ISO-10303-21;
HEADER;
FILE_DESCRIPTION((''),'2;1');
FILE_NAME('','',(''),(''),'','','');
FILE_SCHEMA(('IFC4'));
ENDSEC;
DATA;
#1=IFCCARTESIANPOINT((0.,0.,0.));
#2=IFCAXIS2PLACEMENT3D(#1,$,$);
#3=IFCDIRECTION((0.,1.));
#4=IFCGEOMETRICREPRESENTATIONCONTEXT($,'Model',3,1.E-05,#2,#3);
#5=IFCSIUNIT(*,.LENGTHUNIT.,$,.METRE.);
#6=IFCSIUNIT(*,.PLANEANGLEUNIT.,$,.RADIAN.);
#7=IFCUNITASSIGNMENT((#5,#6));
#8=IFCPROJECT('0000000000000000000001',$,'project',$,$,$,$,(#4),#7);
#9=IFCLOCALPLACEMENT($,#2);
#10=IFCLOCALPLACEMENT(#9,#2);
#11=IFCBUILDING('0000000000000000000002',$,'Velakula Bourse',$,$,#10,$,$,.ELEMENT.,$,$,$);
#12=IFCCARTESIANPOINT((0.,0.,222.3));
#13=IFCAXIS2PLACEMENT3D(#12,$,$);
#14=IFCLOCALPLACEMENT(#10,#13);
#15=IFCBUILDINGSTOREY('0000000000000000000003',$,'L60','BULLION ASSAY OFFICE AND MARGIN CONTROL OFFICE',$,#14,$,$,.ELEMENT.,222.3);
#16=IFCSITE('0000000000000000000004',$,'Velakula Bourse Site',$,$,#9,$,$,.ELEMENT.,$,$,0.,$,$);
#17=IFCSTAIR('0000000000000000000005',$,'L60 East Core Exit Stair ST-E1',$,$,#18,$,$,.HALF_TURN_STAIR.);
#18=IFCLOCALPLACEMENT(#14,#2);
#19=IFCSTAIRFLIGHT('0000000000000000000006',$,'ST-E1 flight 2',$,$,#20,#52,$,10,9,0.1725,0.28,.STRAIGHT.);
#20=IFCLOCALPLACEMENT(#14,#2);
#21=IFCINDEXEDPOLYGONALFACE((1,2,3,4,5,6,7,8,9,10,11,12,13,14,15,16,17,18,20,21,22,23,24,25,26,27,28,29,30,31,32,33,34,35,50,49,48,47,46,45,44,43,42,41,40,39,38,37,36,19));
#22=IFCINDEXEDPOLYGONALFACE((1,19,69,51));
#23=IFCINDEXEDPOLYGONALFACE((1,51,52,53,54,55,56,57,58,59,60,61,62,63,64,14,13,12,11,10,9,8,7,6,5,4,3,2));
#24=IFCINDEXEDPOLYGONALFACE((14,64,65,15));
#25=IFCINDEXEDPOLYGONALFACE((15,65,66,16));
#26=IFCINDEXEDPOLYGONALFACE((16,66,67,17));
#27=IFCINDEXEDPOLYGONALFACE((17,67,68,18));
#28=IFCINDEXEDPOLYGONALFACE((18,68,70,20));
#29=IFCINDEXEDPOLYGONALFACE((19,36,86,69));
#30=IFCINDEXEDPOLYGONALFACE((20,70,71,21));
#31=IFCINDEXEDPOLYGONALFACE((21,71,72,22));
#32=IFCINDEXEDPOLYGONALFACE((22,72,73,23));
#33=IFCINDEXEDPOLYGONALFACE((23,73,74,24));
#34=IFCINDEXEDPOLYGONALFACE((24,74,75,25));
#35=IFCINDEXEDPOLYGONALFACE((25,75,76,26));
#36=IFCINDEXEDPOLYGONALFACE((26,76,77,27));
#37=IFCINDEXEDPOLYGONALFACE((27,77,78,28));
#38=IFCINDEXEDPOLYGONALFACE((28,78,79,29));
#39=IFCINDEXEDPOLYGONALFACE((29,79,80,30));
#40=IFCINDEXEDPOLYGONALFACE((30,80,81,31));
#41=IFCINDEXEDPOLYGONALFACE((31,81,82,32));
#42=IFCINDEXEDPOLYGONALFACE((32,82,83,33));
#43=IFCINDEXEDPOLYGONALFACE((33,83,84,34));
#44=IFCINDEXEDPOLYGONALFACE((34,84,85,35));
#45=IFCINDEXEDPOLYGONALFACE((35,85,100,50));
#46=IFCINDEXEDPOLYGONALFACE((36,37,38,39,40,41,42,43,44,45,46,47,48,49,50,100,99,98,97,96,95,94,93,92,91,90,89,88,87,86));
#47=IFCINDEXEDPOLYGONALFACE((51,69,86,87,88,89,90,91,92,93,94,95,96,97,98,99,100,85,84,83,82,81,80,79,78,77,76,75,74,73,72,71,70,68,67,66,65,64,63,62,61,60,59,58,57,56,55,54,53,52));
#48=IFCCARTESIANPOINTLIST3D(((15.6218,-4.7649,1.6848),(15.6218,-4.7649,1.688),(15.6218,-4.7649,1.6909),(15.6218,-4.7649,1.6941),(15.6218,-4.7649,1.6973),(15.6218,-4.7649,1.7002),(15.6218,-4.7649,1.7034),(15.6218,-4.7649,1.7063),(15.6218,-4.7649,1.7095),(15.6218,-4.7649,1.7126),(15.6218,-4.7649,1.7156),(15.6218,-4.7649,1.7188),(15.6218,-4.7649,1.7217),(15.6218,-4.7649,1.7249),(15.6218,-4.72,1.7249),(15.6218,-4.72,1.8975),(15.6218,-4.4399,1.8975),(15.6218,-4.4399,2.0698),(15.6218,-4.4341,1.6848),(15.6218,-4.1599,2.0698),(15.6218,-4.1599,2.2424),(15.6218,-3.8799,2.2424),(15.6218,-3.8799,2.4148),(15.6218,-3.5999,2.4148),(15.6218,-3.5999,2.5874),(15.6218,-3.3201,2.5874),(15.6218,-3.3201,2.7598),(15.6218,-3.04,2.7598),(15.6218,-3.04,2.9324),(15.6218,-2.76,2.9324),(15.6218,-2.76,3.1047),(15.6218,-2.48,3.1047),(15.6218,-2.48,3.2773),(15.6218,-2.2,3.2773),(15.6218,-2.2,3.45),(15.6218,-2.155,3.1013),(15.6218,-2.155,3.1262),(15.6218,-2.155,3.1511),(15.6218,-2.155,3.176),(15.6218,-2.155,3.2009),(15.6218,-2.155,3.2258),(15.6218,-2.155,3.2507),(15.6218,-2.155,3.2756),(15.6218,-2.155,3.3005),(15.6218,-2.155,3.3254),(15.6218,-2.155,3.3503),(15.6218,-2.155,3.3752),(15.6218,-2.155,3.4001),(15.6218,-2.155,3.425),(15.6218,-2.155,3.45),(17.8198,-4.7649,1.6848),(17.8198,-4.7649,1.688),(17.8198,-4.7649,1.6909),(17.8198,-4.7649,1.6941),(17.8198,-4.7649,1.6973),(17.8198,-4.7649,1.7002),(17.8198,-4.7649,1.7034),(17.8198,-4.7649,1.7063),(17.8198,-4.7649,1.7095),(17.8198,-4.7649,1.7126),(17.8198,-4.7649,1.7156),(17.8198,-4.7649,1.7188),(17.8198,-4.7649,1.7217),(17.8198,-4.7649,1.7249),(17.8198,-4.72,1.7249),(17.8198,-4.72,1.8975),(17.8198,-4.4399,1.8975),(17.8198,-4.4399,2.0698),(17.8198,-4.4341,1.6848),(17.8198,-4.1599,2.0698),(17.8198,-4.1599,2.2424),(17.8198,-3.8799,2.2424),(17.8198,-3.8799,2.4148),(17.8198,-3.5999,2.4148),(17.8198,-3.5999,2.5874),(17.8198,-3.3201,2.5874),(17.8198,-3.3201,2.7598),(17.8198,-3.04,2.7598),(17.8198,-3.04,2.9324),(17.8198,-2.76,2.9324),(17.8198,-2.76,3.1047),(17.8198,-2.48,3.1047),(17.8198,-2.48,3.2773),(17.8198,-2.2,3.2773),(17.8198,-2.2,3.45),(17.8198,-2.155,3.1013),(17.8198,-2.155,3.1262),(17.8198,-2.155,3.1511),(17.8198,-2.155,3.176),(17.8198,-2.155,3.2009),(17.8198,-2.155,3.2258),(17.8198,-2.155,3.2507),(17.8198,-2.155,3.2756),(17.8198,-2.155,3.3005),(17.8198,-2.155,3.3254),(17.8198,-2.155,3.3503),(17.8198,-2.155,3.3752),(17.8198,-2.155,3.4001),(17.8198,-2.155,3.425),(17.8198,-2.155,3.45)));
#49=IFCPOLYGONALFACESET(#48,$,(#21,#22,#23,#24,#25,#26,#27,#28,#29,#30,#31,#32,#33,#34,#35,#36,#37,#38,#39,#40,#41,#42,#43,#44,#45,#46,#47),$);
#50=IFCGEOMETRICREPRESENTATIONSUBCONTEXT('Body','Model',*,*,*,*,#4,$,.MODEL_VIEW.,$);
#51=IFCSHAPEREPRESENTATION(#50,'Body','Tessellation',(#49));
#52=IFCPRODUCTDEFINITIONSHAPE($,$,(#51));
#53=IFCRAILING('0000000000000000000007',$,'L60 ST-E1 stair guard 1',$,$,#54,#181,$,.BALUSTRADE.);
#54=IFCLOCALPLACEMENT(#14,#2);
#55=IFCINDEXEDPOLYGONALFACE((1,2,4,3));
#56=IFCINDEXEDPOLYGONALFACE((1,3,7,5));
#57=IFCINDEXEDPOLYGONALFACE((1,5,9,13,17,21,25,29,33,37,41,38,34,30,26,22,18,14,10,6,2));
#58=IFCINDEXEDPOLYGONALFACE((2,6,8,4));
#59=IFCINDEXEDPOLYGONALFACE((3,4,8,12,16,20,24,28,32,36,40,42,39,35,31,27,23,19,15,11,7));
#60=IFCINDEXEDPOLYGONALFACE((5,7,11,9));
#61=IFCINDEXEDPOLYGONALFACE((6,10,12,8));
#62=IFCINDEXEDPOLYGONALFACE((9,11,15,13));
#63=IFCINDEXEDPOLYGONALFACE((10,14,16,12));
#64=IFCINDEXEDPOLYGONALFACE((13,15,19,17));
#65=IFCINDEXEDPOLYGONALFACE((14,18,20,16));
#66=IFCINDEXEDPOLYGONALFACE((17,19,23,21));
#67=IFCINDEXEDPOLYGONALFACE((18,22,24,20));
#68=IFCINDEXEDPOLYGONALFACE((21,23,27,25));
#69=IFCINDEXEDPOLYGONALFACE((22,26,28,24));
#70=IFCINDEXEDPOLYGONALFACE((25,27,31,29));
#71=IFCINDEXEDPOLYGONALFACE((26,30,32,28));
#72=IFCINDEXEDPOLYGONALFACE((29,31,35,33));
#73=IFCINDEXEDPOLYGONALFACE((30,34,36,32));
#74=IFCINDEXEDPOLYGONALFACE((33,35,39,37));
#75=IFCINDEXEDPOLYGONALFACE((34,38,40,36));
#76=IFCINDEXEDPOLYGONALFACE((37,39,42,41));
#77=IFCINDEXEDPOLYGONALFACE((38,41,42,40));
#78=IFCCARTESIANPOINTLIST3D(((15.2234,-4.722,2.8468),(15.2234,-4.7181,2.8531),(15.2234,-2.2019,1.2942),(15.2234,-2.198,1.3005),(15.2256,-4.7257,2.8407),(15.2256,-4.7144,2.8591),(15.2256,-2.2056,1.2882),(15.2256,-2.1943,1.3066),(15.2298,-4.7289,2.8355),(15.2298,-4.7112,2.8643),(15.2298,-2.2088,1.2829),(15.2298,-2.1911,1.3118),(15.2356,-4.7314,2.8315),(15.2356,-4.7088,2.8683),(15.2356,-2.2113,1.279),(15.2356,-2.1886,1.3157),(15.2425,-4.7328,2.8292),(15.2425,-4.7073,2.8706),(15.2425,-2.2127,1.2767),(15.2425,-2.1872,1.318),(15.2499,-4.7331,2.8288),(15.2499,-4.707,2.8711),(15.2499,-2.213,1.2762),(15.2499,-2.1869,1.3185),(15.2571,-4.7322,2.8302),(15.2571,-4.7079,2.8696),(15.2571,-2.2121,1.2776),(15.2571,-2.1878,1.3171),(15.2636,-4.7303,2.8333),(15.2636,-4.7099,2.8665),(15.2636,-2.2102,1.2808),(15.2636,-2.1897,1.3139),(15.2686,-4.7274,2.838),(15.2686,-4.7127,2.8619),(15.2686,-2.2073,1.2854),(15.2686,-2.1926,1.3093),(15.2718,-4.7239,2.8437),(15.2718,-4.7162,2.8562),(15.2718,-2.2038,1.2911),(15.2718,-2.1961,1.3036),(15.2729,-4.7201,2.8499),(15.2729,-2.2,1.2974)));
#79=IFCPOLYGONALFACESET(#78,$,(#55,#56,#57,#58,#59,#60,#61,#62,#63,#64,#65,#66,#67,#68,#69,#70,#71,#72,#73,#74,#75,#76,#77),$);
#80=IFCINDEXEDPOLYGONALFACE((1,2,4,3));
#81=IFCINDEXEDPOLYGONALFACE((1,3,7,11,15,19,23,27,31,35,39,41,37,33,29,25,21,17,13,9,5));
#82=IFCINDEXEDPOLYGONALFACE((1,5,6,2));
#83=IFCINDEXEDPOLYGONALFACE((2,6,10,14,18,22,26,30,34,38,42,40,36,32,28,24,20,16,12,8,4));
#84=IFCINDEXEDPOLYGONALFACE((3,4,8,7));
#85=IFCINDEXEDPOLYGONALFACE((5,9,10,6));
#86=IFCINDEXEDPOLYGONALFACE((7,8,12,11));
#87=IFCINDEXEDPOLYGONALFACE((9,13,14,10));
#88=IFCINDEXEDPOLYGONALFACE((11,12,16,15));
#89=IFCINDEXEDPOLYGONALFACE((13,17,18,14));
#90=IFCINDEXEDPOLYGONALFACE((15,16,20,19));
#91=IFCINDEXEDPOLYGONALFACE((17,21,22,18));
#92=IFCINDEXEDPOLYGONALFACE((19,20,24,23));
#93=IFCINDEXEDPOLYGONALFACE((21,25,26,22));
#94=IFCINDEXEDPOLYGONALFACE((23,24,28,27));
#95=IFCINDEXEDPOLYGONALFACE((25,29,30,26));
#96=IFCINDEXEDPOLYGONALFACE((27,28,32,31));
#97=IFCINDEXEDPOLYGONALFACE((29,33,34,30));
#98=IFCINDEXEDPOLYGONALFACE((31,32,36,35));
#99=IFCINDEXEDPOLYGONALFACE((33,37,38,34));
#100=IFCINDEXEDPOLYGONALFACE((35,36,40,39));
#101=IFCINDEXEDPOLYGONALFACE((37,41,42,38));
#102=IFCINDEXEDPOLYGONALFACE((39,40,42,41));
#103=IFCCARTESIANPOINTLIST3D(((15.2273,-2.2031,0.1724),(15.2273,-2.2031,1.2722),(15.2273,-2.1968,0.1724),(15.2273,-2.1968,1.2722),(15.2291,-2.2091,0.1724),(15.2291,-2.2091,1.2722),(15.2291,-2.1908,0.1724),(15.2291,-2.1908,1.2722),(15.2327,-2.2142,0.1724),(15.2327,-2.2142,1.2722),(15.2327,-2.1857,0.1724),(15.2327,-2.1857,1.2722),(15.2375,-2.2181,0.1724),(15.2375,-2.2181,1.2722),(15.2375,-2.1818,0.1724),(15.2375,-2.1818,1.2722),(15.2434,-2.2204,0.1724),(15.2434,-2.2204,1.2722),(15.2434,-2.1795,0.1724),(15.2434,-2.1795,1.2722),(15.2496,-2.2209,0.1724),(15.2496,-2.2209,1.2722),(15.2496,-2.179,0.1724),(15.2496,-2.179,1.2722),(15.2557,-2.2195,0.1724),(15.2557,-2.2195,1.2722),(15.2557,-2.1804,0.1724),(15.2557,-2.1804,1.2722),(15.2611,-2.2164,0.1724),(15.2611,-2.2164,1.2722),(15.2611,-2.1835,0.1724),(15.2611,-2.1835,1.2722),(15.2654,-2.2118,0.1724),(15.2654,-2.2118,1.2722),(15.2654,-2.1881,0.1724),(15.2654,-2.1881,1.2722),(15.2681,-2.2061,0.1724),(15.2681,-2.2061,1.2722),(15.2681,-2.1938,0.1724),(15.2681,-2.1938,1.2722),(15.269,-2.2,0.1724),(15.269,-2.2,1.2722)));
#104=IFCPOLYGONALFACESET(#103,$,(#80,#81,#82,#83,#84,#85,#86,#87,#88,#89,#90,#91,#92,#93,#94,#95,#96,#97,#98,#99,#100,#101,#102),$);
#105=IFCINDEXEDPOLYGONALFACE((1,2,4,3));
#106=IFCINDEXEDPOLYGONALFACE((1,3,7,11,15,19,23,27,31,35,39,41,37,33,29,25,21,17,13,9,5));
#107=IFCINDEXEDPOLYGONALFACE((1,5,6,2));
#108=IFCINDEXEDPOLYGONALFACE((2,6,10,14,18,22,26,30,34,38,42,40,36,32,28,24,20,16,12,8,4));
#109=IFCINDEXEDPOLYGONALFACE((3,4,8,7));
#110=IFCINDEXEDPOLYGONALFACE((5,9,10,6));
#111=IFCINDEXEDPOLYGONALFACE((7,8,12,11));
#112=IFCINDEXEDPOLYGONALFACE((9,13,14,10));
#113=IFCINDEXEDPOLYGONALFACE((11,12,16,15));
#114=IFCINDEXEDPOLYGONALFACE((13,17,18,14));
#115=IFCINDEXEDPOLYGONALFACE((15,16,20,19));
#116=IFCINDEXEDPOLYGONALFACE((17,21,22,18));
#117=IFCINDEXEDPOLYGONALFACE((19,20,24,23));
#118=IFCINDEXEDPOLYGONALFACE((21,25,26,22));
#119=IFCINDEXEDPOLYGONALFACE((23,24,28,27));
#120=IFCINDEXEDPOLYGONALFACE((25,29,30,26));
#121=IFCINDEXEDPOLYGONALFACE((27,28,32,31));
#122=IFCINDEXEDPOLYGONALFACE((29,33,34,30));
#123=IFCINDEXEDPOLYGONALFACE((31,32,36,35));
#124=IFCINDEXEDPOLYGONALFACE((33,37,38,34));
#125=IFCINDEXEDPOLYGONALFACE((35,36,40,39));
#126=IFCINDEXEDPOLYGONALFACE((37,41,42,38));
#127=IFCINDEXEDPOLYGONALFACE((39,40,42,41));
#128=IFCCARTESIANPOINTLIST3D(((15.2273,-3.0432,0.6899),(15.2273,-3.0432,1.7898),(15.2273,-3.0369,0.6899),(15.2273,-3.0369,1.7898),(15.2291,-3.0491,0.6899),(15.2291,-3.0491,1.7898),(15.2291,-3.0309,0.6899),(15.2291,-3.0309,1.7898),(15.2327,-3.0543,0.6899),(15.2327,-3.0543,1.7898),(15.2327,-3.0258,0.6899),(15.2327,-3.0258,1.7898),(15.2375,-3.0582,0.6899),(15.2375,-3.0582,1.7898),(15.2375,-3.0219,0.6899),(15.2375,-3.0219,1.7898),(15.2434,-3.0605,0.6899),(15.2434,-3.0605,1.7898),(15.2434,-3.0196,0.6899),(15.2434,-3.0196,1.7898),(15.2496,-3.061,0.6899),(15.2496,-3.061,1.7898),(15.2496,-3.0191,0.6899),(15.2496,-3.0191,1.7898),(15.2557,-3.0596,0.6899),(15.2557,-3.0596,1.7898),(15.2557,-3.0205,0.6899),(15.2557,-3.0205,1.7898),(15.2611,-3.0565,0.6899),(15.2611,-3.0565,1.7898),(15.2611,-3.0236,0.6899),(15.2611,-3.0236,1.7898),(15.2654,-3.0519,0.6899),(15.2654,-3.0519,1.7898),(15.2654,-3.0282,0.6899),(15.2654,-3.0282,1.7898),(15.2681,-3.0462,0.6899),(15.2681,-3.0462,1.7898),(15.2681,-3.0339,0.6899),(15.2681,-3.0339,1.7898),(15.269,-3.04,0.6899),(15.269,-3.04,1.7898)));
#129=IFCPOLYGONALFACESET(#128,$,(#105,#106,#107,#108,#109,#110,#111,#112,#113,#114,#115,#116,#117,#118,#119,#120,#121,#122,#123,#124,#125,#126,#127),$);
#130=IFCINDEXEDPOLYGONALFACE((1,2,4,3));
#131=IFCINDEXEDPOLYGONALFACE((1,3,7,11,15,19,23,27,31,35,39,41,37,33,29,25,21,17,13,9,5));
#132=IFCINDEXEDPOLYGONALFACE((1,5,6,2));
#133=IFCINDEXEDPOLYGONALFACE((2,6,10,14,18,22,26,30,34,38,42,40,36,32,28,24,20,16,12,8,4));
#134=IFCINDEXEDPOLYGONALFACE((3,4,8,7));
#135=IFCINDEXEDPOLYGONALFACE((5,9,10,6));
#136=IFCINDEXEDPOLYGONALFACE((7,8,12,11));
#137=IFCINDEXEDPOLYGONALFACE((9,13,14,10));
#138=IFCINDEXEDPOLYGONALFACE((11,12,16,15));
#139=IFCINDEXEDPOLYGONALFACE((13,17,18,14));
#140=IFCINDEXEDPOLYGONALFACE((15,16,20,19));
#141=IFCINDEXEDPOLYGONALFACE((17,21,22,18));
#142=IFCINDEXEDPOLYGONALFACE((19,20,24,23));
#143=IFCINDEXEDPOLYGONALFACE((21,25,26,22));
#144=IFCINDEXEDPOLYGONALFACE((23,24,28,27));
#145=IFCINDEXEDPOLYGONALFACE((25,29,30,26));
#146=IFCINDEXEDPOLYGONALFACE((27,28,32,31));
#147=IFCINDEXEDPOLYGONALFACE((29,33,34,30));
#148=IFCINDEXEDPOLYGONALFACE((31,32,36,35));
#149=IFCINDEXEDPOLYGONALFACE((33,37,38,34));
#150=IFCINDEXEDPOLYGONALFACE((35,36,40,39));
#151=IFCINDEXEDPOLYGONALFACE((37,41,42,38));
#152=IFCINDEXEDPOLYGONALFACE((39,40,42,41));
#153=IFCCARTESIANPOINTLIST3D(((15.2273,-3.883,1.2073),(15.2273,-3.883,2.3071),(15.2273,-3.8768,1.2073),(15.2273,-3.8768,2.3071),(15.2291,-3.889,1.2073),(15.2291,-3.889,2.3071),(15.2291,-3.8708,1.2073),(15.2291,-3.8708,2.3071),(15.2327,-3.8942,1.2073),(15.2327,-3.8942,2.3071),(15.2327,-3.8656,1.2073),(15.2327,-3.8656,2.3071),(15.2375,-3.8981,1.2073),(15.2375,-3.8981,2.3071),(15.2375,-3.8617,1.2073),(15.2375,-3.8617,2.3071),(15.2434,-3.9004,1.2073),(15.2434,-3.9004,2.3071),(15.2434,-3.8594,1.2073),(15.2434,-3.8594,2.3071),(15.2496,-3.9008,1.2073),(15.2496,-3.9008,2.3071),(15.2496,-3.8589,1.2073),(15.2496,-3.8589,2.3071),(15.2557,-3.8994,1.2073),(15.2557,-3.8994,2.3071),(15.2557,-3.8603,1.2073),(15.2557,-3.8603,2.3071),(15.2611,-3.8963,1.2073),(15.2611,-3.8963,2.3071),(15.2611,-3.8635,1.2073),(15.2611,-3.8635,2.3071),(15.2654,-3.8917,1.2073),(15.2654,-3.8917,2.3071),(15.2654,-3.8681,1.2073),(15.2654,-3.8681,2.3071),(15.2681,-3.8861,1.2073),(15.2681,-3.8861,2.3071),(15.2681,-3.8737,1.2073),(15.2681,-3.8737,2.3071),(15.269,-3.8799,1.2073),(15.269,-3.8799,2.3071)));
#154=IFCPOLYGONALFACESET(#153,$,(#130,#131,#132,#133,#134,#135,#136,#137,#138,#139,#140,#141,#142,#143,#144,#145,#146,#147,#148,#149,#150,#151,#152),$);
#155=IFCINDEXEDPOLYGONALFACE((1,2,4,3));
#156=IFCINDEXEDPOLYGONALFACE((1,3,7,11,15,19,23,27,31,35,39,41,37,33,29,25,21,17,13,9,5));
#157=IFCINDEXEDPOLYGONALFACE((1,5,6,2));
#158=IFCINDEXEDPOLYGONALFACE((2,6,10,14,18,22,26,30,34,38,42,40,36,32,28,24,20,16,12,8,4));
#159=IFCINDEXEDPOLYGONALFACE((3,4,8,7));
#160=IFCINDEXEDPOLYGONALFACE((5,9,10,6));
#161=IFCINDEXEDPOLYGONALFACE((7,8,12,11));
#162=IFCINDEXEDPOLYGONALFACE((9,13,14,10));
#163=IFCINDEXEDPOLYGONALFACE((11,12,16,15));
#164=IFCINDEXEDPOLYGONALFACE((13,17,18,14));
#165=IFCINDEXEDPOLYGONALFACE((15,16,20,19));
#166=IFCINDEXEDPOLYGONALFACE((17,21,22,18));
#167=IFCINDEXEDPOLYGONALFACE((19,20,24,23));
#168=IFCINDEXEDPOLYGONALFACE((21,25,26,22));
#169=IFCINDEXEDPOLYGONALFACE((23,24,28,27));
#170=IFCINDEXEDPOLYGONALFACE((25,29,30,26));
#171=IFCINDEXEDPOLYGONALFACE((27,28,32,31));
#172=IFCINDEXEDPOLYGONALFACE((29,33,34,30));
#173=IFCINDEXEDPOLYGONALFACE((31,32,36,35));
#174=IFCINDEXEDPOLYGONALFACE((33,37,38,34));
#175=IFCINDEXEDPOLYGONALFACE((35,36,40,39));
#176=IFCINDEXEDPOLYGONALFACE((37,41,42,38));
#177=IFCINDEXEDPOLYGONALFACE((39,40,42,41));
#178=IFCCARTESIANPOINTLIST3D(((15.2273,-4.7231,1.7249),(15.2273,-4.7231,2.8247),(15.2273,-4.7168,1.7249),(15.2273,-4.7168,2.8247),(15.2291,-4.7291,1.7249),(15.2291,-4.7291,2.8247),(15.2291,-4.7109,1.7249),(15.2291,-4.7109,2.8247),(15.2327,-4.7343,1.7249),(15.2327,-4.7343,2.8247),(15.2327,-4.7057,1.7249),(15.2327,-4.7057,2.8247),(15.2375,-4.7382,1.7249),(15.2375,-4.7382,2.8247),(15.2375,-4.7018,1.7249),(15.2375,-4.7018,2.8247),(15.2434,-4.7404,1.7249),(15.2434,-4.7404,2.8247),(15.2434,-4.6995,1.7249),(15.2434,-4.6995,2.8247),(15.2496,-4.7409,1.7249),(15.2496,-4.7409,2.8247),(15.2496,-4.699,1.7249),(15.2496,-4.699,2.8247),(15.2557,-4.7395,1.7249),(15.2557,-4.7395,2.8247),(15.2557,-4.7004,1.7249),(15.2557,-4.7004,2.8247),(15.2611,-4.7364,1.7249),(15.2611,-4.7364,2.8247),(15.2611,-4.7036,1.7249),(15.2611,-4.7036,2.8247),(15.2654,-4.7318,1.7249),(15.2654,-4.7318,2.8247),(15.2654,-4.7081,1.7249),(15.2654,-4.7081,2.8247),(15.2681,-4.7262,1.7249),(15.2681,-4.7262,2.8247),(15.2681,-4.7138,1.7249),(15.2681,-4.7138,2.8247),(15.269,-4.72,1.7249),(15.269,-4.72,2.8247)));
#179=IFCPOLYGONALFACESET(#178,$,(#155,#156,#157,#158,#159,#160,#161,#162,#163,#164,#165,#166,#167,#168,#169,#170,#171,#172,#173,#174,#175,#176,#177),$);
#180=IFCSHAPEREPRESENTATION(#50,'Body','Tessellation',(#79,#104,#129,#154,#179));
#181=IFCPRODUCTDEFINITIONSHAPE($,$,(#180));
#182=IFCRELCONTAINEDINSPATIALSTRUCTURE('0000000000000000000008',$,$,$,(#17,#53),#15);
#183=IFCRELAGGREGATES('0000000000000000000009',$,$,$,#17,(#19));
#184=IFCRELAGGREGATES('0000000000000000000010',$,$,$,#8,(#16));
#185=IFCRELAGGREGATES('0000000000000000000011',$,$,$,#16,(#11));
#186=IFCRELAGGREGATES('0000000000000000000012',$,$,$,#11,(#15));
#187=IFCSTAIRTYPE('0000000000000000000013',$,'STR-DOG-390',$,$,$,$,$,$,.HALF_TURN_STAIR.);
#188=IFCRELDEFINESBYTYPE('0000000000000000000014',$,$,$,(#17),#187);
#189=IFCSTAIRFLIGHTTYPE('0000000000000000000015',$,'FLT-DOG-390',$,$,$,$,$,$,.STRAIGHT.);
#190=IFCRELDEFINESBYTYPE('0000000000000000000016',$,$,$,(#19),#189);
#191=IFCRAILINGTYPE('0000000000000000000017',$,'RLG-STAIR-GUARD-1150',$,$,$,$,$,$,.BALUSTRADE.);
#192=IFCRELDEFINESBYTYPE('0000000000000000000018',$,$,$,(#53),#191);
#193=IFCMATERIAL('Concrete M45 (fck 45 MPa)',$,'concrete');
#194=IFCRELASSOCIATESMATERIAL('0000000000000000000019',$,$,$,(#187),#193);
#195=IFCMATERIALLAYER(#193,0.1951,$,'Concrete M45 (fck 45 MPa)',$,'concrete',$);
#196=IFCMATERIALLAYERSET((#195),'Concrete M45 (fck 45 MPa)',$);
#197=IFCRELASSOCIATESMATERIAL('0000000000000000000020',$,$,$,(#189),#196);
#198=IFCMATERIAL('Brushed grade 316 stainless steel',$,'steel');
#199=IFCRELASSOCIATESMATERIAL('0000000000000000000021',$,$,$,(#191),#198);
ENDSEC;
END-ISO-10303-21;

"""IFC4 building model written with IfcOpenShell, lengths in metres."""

from ifc_helpers import new_model, si_unit, direction, frame, origin, origin_2d, place, context, subcontext, project, spatial, polyline, circle, outline, extrude, material, layer, layer_set, type_object, element, aggregate, save


model = new_model("IFC4")

# Units and contexts
model_context = context("Model", 3, precision=1e-05, world=origin(), true_north=direction((0.0, 1.0)))
body_context = subcontext(model_context, "Body", "Model", "MODEL_VIEW")
ifc_project = project(units=[si_unit("LENGTHUNIT", "METRE"), si_unit("PLANEANGLEUNIT", "RADIAN")], contexts=[model_context])

# Site, building, storey
site_placement = place(None, origin())
site = spatial("IfcSite", under=ifc_project, at=site_placement, Name="Velakula Bourse Site", CompositionType="ELEMENT", RefElevation=0.0)
building_placement = place(site_placement, origin())
building = spatial("IfcBuilding", under=site, at=building_placement, Name="Velakula Bourse", CompositionType="ELEMENT")
storey_placement = place(building_placement, frame((0.0, 0.0, 222.3)))
storey = spatial("IfcBuildingStorey", under=building, at=storey_placement, Name="L60", Description="BULLION ASSAY OFFICE AND MARGIN CONTROL OFFICE", CompositionType="ELEMENT", Elevation=222.3)

# Shared definitions
ifc_material_1 = material(Name="Brushed grade 316 stainless steel", Category="steel")

# Stair, stair flight
ifc_material_2 = material(Name="Concrete M45 (fck 45 MPa)", Category="concrete")
stair_type = type_object("IfcStairType", Name="STR-DOG-390", PredefinedType="HALF_TURN_STAIR", material=ifc_material_2)
stair_placement = place(storey_placement, origin())
stair = element("IfcStair", 1, at=stair_placement, inside=storey, type_object=stair_type, Name="L60 East Core Exit Stair ST-E1", PredefinedType="HALF_TURN_STAIR")
ifc_layer_1 = layer(ifc_material_2, 0.1951, Name="Concrete M45 (fck 45 MPa)", Category="concrete")
ifc_layer_set_1 = layer_set([ifc_layer_1], Name="Concrete M45 (fck 45 MPa)")
stair_flight_type = type_object("IfcStairFlightType", Name="FLT-DOG-390", PredefinedType="STRAIGHT", material=ifc_layer_set_1)
stair_flight_1_placement = place(storey_placement, frame((16.7209, -4.72, 1.7249), z_axis=(0.0, 0.0, 1.0), x_axis=(0.0, 1.0, 0.0)))
stair_flight_1 = element("IfcStairFlight", 2, at=stair_flight_1_placement, type_object=stair_flight_type, Name="ST-E1 flight 2", NumberOfRisers=10, NumberOfTreads=9, PredefinedType="STRAIGHT", RiserHeight=0.1725, TreadLength=0.28, context=body_context, shape_type="SweptSolid", body=[
    extrude(outline(polyline([(-0.0449, -0.04), (-0.0449, -0.0369), (-0.0449, -0.0339), (-0.0449, -0.0308), (-0.0449, -0.0276), (-0.0449, -0.0247), (-0.0449, -0.0215), (-0.0449, -0.0186), (-0.0449, -0.0154), (-0.0449, -0.0122), (-0.0449, -0.0093), (-0.0449, -0.0061), (-0.0449, -0.0032), (-0.0449, 0.0), (0.0, 0.0), (0.0, 0.1726), (0.28, 0.1726), (0.28, 0.345), (0.5601, 0.345), (0.5601, 0.5176), (0.8401, 0.5176), (0.8401, 0.6899), (1.1201, 0.6899), (1.1201, 0.8625), (1.3999, 0.8625), (1.3999, 1.0349), (1.6799, 1.0349), (1.6799, 1.2075), (1.96, 1.2075), (1.96, 1.3799), (2.24, 1.3799), (2.24, 1.5525), (2.52, 1.5525), (2.52, 1.7251), (2.5649, 1.7251), (2.5649, 1.7002), (2.5649, 1.6753), (2.5649, 1.6504), (2.5649, 1.6255), (2.5649, 1.6006), (2.5649, 1.5757), (2.5649, 1.5508), (2.5649, 1.5259), (2.5649, 1.501), (2.5649, 1.4761), (2.5649, 1.4512), (2.5649, 1.4263), (2.5649, 1.4014), (2.5649, 1.3765), (0.2859, -0.04), (-0.0449, -0.04)])), frame((0.0, 1.0991, 0.0), z_axis=(0.0, -1.0, 0.0), x_axis=(1.0, 0.0, 0.0)), (0.0, 0.0, 1.0), 2.198),
])
aggregate(stair, [stair_flight_1])

# Railing
railing_type_1 = type_object("IfcRailingType", Name="RLG-STAIR-GUARD-1150", PredefinedType="BALUSTRADE", material=ifc_material_1)
railing_1_placement = place(storey_placement, frame((15.248, -2.2, 0.1724)))
element("IfcRailing", 3, at=railing_1_placement, inside=storey, type_object=railing_type_1, Name="L60 ST-E1 stair guard 1", PredefinedType="BALUSTRADE", context=body_context, shape_type="SweptSolid", body=[
    extrude(circle(Radius=0.0249, at=origin_2d()), frame((0.0, 0.0, 1.125), z_axis=(0.0, -0.8514, 0.524516), x_axis=(1.0, 0.0, 0.0)), (0.0, 0.0, 1.0), 2.96),
    extrude(circle(Radius=0.021, at=origin_2d()), origin(), (0.0, 0.0, 1.0), 1.0999),
    extrude(circle(Radius=0.021, at=origin_2d()), frame((0.0, -0.8401, 0.5176)), (0.0, 0.0, 1.0), 1.0999),
    extrude(circle(Radius=0.021, at=origin_2d()), frame((0.0, -1.6799, 1.0349)), (0.0, 0.0, 1.0), 1.0999),
    extrude(circle(Radius=0.021, at=origin_2d()), frame((0.0, -2.52, 1.5525)), (0.0, 0.0, 1.0), 1.0999),
])

save(model, "model.ifc")
